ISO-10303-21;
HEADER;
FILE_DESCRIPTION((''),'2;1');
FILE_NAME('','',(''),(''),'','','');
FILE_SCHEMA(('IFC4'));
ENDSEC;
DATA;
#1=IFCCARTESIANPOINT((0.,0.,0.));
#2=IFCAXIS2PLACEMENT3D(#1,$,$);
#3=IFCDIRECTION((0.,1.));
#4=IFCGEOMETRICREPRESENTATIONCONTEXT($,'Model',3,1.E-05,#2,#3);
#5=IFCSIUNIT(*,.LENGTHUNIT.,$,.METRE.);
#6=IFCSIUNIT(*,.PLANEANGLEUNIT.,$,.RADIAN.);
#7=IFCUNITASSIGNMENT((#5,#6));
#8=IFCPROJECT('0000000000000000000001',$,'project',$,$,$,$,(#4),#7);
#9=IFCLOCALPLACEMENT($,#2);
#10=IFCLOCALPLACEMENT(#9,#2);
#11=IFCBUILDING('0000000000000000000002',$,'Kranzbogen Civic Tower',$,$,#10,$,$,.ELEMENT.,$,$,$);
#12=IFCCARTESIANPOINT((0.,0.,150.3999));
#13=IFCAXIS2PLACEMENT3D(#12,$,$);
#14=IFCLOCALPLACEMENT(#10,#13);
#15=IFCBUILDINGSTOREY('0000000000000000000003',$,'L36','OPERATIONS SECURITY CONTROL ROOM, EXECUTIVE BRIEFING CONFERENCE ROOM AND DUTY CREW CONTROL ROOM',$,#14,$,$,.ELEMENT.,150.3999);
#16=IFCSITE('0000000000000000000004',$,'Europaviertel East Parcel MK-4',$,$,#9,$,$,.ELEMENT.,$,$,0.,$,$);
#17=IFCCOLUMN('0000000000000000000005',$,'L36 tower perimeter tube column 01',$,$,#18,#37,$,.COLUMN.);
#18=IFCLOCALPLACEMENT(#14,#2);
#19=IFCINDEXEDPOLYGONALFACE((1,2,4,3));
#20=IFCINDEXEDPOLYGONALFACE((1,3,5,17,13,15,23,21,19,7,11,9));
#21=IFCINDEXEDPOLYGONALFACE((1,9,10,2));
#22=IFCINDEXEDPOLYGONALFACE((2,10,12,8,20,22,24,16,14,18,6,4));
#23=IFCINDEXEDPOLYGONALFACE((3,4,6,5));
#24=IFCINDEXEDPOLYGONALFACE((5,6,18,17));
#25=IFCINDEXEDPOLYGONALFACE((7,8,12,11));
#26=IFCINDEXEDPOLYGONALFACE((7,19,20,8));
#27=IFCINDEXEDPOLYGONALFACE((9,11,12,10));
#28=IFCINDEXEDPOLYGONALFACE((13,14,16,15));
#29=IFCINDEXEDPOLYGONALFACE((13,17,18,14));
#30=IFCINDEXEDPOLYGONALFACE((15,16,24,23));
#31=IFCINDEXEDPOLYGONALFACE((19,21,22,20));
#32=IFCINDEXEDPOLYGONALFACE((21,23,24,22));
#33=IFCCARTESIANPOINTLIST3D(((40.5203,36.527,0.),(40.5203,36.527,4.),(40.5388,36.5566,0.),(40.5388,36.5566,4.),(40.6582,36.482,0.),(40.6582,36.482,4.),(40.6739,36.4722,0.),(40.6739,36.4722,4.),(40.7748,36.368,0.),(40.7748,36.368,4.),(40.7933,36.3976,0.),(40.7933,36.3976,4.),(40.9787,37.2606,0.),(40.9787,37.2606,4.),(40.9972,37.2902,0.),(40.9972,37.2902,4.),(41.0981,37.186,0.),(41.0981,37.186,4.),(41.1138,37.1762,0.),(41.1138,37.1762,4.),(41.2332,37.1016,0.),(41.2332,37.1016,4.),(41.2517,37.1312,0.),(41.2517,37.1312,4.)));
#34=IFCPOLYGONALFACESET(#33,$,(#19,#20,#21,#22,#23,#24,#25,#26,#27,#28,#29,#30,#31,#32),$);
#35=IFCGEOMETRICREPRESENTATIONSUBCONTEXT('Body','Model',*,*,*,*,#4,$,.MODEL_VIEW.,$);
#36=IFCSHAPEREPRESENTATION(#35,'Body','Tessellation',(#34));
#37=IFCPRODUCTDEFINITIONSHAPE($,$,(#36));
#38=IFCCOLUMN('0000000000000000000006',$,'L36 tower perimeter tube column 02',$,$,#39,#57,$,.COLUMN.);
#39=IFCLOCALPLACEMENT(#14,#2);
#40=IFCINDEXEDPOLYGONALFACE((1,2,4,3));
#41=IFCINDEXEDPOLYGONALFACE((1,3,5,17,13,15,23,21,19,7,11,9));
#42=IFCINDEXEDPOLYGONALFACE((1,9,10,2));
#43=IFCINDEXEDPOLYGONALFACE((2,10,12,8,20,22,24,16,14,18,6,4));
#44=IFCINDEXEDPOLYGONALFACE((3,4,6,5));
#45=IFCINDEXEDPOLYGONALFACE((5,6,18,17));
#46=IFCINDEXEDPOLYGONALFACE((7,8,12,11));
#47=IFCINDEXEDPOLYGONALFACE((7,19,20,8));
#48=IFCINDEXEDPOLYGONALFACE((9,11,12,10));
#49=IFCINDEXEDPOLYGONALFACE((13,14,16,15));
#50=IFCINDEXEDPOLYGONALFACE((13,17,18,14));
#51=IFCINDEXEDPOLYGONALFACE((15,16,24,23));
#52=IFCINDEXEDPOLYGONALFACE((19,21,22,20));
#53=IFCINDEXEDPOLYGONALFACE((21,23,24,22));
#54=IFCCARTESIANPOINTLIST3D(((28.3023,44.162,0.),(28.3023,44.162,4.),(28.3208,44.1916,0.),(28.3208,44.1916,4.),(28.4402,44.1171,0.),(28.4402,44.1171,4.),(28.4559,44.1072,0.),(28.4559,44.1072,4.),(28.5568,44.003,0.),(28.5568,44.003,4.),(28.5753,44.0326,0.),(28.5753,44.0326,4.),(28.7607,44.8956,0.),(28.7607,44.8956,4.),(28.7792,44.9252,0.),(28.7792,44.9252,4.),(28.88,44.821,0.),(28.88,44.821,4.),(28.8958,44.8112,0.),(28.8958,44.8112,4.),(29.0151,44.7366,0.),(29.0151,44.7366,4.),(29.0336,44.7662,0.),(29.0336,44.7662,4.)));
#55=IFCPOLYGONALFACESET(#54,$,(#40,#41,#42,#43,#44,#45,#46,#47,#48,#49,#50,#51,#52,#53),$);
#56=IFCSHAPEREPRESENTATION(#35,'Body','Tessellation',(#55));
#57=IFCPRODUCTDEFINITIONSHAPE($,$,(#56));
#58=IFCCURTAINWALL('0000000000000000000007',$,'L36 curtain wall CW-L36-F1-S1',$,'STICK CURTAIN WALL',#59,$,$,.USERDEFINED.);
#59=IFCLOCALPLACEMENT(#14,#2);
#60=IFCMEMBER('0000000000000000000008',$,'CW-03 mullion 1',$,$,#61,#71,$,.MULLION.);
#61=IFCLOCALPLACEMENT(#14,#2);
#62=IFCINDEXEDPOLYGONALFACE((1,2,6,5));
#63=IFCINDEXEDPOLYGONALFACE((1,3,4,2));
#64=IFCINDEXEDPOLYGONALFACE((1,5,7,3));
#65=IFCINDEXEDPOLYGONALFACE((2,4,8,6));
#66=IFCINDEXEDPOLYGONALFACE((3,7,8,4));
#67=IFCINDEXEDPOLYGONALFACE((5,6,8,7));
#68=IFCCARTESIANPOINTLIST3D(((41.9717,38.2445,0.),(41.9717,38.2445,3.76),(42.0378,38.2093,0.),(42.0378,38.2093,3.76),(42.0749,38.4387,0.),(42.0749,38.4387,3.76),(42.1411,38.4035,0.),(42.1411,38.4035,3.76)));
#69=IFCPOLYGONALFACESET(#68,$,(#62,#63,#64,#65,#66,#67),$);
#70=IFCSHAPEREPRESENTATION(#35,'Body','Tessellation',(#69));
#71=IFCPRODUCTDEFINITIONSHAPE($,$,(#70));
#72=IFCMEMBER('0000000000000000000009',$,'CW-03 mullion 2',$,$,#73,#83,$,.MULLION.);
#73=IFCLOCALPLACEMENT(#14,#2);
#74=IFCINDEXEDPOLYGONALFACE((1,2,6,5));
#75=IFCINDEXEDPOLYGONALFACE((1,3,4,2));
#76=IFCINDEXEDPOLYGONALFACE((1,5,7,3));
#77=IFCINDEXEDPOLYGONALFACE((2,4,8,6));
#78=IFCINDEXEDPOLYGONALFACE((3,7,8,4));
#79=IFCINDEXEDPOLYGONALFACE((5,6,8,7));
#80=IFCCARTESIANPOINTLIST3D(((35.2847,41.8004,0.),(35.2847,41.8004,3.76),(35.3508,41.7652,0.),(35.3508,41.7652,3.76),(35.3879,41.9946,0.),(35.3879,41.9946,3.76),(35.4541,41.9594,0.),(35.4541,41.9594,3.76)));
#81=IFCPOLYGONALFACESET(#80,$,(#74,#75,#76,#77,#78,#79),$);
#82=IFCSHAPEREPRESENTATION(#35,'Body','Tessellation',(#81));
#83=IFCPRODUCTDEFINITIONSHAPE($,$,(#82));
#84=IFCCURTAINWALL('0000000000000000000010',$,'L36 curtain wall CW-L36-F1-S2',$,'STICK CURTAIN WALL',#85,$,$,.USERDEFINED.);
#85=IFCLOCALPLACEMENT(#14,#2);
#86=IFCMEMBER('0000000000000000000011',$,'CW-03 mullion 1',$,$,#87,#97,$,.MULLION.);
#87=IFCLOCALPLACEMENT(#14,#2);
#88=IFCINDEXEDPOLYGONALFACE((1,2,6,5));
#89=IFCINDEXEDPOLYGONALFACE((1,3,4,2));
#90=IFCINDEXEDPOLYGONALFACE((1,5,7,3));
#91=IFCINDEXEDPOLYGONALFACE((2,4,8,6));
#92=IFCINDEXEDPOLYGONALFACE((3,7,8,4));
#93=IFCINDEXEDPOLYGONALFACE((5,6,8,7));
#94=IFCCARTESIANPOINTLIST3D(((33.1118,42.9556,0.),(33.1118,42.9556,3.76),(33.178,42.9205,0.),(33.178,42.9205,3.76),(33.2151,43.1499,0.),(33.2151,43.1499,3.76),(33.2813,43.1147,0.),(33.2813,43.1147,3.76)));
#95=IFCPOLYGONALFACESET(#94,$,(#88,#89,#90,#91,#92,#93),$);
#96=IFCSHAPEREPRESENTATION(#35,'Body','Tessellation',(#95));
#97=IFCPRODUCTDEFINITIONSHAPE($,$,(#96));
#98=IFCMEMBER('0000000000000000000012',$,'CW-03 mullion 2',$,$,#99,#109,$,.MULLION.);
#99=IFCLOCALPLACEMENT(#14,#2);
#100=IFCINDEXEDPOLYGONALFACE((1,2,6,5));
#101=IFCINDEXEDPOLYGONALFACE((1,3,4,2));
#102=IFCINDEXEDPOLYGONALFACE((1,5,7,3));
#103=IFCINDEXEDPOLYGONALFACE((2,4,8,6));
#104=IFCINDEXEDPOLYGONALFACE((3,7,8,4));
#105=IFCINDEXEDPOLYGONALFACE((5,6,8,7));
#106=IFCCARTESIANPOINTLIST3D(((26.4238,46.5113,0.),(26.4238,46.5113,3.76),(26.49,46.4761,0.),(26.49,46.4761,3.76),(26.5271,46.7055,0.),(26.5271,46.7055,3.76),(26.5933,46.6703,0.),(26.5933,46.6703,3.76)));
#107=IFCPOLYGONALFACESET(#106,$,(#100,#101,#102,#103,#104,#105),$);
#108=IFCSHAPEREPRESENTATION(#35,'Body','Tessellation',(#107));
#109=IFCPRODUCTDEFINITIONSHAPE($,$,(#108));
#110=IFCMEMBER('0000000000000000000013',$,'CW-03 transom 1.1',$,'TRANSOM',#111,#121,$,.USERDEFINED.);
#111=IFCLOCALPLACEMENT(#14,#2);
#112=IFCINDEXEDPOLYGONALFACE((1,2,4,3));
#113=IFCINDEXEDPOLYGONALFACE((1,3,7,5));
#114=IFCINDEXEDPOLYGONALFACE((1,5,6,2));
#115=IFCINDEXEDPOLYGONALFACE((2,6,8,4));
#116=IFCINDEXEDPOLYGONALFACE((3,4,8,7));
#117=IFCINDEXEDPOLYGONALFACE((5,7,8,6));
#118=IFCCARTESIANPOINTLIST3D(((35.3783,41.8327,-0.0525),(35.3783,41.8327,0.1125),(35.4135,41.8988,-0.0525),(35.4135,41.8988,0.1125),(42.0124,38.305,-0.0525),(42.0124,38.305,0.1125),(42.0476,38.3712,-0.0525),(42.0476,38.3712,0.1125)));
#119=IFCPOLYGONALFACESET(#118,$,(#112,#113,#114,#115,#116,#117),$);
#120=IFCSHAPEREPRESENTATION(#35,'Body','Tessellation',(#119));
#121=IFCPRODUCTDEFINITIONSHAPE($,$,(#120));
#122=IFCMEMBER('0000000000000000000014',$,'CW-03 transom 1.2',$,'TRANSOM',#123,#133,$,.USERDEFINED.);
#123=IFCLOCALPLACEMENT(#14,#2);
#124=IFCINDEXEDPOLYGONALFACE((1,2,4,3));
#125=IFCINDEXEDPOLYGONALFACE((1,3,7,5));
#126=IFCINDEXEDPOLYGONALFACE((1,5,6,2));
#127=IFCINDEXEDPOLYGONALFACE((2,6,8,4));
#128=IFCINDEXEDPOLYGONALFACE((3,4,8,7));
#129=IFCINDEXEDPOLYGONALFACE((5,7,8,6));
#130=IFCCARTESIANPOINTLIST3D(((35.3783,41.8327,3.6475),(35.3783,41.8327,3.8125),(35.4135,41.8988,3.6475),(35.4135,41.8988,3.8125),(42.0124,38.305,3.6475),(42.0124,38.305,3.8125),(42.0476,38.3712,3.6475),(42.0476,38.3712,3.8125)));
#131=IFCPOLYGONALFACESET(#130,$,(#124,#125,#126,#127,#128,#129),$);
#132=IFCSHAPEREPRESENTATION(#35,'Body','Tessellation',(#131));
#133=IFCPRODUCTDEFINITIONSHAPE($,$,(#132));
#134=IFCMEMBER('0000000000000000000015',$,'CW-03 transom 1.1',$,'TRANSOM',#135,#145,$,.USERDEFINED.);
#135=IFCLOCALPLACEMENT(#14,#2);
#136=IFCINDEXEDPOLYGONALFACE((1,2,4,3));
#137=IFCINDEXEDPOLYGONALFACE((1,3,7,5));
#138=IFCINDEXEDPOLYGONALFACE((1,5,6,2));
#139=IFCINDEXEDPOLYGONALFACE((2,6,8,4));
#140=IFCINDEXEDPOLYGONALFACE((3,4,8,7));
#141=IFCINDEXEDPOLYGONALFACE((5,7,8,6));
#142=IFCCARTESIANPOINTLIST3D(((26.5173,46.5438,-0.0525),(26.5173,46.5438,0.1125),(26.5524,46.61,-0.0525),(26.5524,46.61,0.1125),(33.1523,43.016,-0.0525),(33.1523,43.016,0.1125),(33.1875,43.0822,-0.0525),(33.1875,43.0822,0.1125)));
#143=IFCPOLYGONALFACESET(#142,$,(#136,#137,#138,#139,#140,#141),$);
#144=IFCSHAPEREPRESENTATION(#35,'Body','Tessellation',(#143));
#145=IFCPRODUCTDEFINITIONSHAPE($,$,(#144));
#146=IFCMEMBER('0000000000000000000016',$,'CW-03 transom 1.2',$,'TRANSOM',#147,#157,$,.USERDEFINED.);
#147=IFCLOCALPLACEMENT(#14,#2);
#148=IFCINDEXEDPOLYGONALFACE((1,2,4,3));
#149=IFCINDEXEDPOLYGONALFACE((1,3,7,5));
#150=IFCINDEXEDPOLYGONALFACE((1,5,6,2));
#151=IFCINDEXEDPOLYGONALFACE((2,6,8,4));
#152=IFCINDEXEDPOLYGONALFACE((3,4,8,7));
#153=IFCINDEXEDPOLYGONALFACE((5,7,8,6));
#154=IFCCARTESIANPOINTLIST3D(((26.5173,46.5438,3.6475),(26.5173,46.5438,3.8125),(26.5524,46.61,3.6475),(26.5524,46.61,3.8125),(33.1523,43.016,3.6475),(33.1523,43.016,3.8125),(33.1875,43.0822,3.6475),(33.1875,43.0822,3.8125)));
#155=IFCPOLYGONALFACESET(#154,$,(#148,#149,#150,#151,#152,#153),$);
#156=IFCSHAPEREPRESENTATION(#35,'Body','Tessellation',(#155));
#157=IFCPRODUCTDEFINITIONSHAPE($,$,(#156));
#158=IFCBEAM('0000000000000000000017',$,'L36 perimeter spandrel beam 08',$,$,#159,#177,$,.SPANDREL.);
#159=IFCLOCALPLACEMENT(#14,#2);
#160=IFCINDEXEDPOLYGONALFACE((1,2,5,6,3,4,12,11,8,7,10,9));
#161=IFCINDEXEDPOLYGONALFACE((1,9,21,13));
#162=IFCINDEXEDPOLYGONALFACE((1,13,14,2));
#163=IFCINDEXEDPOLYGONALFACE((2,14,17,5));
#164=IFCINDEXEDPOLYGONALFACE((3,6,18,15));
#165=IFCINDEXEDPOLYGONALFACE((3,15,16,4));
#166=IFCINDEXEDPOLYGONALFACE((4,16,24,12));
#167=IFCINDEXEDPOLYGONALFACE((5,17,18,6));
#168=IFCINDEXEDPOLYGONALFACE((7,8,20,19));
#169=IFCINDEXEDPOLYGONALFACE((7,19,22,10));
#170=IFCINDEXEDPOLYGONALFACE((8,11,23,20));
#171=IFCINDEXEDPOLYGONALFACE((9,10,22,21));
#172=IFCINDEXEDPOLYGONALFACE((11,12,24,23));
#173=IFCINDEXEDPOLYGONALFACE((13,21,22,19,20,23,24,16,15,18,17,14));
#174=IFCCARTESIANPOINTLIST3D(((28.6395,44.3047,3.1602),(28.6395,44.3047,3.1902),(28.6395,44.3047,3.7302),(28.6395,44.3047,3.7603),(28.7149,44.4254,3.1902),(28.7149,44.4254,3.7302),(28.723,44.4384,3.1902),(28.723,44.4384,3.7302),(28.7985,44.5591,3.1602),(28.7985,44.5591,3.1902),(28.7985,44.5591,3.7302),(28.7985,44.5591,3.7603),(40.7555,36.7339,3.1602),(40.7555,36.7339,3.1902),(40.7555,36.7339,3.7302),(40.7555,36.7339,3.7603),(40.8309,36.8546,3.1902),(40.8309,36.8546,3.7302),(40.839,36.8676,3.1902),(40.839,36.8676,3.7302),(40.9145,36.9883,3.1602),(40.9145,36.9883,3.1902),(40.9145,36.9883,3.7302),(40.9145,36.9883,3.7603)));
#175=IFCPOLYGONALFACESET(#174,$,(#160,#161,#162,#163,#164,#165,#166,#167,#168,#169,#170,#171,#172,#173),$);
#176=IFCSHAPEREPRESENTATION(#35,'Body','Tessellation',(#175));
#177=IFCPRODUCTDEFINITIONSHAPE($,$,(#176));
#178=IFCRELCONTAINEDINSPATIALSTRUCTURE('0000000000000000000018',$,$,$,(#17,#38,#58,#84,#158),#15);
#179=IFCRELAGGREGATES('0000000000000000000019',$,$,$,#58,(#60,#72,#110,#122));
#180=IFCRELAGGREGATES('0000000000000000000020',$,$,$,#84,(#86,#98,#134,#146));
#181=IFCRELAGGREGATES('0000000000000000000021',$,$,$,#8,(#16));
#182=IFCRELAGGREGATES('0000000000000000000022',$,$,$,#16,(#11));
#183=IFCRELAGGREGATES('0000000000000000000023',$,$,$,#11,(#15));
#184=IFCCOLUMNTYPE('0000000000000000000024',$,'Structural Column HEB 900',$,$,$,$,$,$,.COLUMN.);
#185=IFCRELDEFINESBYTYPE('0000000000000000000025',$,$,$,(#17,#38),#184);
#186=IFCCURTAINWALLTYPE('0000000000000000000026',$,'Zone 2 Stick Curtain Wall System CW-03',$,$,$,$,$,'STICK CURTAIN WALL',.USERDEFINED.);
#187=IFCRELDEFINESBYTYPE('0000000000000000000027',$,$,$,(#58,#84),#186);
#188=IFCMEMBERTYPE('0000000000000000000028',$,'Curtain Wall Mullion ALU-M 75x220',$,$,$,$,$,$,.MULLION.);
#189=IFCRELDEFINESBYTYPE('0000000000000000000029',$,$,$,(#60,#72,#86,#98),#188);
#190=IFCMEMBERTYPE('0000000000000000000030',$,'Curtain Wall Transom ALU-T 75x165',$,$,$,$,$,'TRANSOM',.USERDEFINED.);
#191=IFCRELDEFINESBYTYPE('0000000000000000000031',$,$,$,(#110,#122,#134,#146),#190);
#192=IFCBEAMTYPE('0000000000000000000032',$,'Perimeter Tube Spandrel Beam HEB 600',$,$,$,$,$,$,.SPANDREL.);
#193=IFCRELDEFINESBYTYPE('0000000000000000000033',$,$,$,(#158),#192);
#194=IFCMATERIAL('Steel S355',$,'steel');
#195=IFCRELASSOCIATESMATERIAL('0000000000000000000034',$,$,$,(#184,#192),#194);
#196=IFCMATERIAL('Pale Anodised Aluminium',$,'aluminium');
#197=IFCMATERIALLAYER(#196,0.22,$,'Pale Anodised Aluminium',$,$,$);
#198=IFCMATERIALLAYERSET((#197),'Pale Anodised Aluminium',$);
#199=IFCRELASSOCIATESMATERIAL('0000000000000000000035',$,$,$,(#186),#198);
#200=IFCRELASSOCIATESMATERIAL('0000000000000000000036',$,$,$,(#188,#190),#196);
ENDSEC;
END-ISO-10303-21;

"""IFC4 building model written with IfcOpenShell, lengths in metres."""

from ifc_helpers import new_model, si_unit, direction, frame, origin, origin_2d, place, context, subcontext, project, spatial, rectangle, i_section, extrude, material, layer, layer_set, material_profile, profile_set, type_object, element, aggregate, save


model = new_model("IFC4")

# Units and contexts
model_context = context("Model", 3, precision=1e-05, world=origin(), true_north=direction((0.0, 1.0)))
body_context = subcontext(model_context, "Body", "Model", "MODEL_VIEW")
ifc_project = project(units=[si_unit("LENGTHUNIT", "METRE"), si_unit("PLANEANGLEUNIT", "RADIAN")], contexts=[model_context])

# Site, building, storey
site_placement = place(None, origin())
site = spatial("IfcSite", under=ifc_project, at=site_placement, Name="Europaviertel East Parcel MK-4", CompositionType="ELEMENT", RefElevation=0.0)
building_placement = place(site_placement, origin())
building = spatial("IfcBuilding", under=site, at=building_placement, Name="Kranzbogen Civic Tower", CompositionType="ELEMENT")
storey_placement = place(building_placement, frame((0.0, 0.0, 150.3999)))
storey = spatial("IfcBuildingStorey", under=building, at=storey_placement, Name="L36", Description="OPERATIONS SECURITY CONTROL ROOM, EXECUTIVE BRIEFING CONFERENCE ROOM AND DUTY CREW CONTROL ROOM", CompositionType="ELEMENT", Elevation=150.3999)

# Columns
ifc_material_1 = material(Name="Steel S355", Category="steel")
ifc_material_profile_1 = material_profile(ifc_material_1, i_section(OverallWidth=0.3, OverallDepth=0.8999, WebThickness=0.0186, FlangeThickness=0.0349, at=origin_2d()), Name="HEB 900")
ifc_profile_set_1 = profile_set([ifc_material_profile_1], Name="Steel S355")
column_type = type_object("IfcColumnType", Name="Structural Column HEB 900", PredefinedType="COLUMN", material=ifc_profile_set_1)
for number, where, z_axis, x_axis, name in (
    (1, (40.886, 36.8291, 0.0), (0.0, 0.0, 1.0), (-0.848048, 0.529919, 0.0), "L36 tower perimeter tube column 01"),
    (2, (28.668, 44.4641, 0.0), (0.0, 0.0, 1.0), (-0.848048, 0.529919, 0.0), "L36 tower perimeter tube column 02"),
):
    element("IfcColumn", number, at=place(storey_placement, frame(where, z_axis=z_axis, x_axis=x_axis)), inside=storey, type_object=column_type, Name=name, PredefinedType="COLUMN", context=body_context, shape_type="SweptSolid", body=[
        extrude(i_section(OverallWidth=0.3, OverallDepth=0.8999, WebThickness=0.0186, FlangeThickness=0.0349, at=origin_2d()), origin(), (0.0, 0.0, 1.0), 4.0),
    ])

# Curtain walls, members
ifc_material_2 = material(Name="Pale Anodised Aluminium", Category="aluminium")
ifc_layer_1 = layer(ifc_material_2, 0.22, Name="Pale Anodised Aluminium")
ifc_layer_set_1 = layer_set([ifc_layer_1], Name="Pale Anodised Aluminium")
curtain_wall_type = type_object("IfcCurtainWallType", Name="Zone 2 Stick Curtain Wall System CW-03", ElementType="STICK CURTAIN WALL", PredefinedType="USERDEFINED", material=ifc_layer_set_1)
curtain_wall_1_placement = place(storey_placement, origin())
curtain_wall_1 = element("IfcCurtainWall", 3, at=curtain_wall_1_placement, inside=storey, type_object=curtain_wall_type, Name="L36 curtain wall CW-L36-F1-S1", ObjectType="STICK CURTAIN WALL", PredefinedType="USERDEFINED")
ifc_material_profile_2 = material_profile(ifc_material_2, rectangle(XDim=0.075, YDim=0.22, at=origin_2d()), Name="ALU-M 75x220")
ifc_profile_set_2 = profile_set([ifc_material_profile_2], Name="Pale Anodised Aluminium")
member_type_1 = type_object("IfcMemberType", Name="Curtain Wall Mullion ALU-M 75x220", PredefinedType="MULLION", material=ifc_profile_set_2)
member_1_placement = place(storey_placement, frame((42.0564, 38.324, 0.0), z_axis=(0.0, 0.0, 1.0), x_axis=(-0.882932, 0.4695, 0.0)))
member_1 = element("IfcMember", 4, at=member_1_placement, type_object=member_type_1, Name="CW-03 mullion 1", PredefinedType="MULLION", context=body_context, shape_type="SweptSolid", body=[
    extrude(rectangle(XDim=0.075, YDim=0.22, at=origin_2d()), origin(), (0.0, 0.0, 1.0), 3.76),
])
member_2_placement = place(storey_placement, frame((35.3694, 41.8799, 0.0), z_axis=(0.0, 0.0, 1.0), x_axis=(-0.882932, 0.4695, 0.0)))
member_2 = element("IfcMember", 5, at=member_2_placement, type_object=member_type_1, Name="CW-03 mullion 2", PredefinedType="MULLION", context=body_context, shape_type="SweptSolid", body=[
    extrude(rectangle(XDim=0.075, YDim=0.22, at=origin_2d()), origin(), (0.0, 0.0, 1.0), 3.76),
])
curtain_wall_2_placement = place(storey_placement, origin())
curtain_wall_2 = element("IfcCurtainWall", 6, at=curtain_wall_2_placement, inside=storey, type_object=curtain_wall_type, Name="L36 curtain wall CW-L36-F1-S2", ObjectType="STICK CURTAIN WALL", PredefinedType="USERDEFINED")
member_3_placement = place(storey_placement, frame((33.1965, 43.0352, 0.0), z_axis=(0.0, 0.0, 1.0), x_axis=(-0.882961, 0.469446, 0.0)))
member_3 = element("IfcMember", 7, at=member_3_placement, type_object=member_type_1, Name="CW-03 mullion 1", PredefinedType="MULLION", context=body_context, shape_type="SweptSolid", body=[
    extrude(rectangle(XDim=0.075, YDim=0.22, at=origin_2d()), origin(), (0.0, 0.0, 1.0), 3.76),
])
member_4_placement = place(storey_placement, frame((26.5085, 46.5908, 0.0), z_axis=(0.0, 0.0, 1.0), x_axis=(-0.882961, 0.469446, 0.0)))
member_4 = element("IfcMember", 8, at=member_4_placement, type_object=member_type_1, Name="CW-03 mullion 2", PredefinedType="MULLION", context=body_context, shape_type="SweptSolid", body=[
    extrude(rectangle(XDim=0.075, YDim=0.22, at=origin_2d()), origin(), (0.0, 0.0, 1.0), 3.76),
])

# Members
ifc_material_profile_3 = material_profile(ifc_material_2, rectangle(XDim=0.075, YDim=0.165, at=origin_2d()), Name="ALU-T 75x165")
ifc_profile_set_3 = profile_set([ifc_material_profile_3], Name="Pale Anodised Aluminium")
member_type_2 = type_object("IfcMemberType", Name="Curtain Wall Transom ALU-T 75x165", ElementType="TRANSOM", PredefinedType="USERDEFINED", material=ifc_profile_set_3)
member_5_placement = place(storey_placement, frame((42.03, 38.3381, 0.03), z_axis=(-0.882936, 0.469493, 0.0), x_axis=(-0.469493, -0.882936, 0.0)))
member_5 = element("IfcMember", 9, at=member_5_placement, type_object=member_type_2, Name="CW-03 transom 1.1", ObjectType="TRANSOM", PredefinedType="USERDEFINED", context=body_context, shape_type="SweptSolid", body=[
    extrude(rectangle(XDim=0.075, YDim=0.165, at=origin_2d()), origin(), (0.0, 0.0, 1.0), 7.5137),
])
member_6_placement = place(storey_placement, frame((42.03, 38.3381, 3.73), z_axis=(-0.882936, 0.469493, 0.0), x_axis=(-0.469493, -0.882936, 0.0)))
member_6 = element("IfcMember", 10, at=member_6_placement, type_object=member_type_2, Name="CW-03 transom 1.2", ObjectType="TRANSOM", PredefinedType="USERDEFINED", context=body_context, shape_type="SweptSolid", body=[
    extrude(rectangle(XDim=0.075, YDim=0.165, at=origin_2d()), origin(), (0.0, 0.0, 1.0), 7.5137),
])
member_7_placement = place(storey_placement, frame((33.1699, 43.0491, 0.03), z_axis=(-0.882951, 0.469465, 0.0), x_axis=(-0.469465, -0.882951, 0.0)))
member_7 = element("IfcMember", 11, at=member_7_placement, type_object=member_type_2, Name="CW-03 transom 1.1", ObjectType="TRANSOM", PredefinedType="USERDEFINED", context=body_context, shape_type="SweptSolid", body=[
    extrude(rectangle(XDim=0.075, YDim=0.165, at=origin_2d()), origin(), (0.0, 0.0, 1.0), 7.5146),
])
member_8_placement = place(storey_placement, frame((33.1699, 43.0491, 3.73), z_axis=(-0.882951, 0.469465, 0.0), x_axis=(-0.469465, -0.882951, 0.0)))
member_8 = element("IfcMember", 12, at=member_8_placement, type_object=member_type_2, Name="CW-03 transom 1.2", ObjectType="TRANSOM", PredefinedType="USERDEFINED", context=body_context, shape_type="SweptSolid", body=[
    extrude(rectangle(XDim=0.075, YDim=0.165, at=origin_2d()), origin(), (0.0, 0.0, 1.0), 7.5146),
])

# Beam
ifc_material_profile_4 = material_profile(ifc_material_1, i_section(OverallWidth=0.3, OverallDepth=0.6001, WebThickness=0.0154, FlangeThickness=0.03, at=origin_2d()), Name="HEB 600")
ifc_profile_set_4 = profile_set([ifc_material_profile_4], Name="Steel S355")
beam_type_1 = type_object("IfcBeamType", Name="Perimeter Tube Spandrel Beam HEB 600", PredefinedType="SPANDREL", material=ifc_profile_set_4)
beam_1_placement = place(storey_placement, frame((40.835, 36.8611, 3.4602), z_axis=(-0.848051, 0.529914, 0.0), x_axis=(-0.529914, -0.848051, 0.0)))
element("IfcBeam", 13, at=beam_1_placement, inside=storey, type_object=beam_type_1, Name="L36 perimeter spandrel beam 08", PredefinedType="SPANDREL", context=body_context, shape_type="SweptSolid", body=[
    extrude(i_section(OverallWidth=0.3, OverallDepth=0.6001, WebThickness=0.0154, FlangeThickness=0.03, at=origin_2d()), origin(), (0.0, 0.0, 1.0), 14.2869),
])

aggregate(curtain_wall_1, [member_1, member_2, member_5, member_6])
aggregate(curtain_wall_2, [member_3, member_4, member_7, member_8])

save(model, "model.ifc")
